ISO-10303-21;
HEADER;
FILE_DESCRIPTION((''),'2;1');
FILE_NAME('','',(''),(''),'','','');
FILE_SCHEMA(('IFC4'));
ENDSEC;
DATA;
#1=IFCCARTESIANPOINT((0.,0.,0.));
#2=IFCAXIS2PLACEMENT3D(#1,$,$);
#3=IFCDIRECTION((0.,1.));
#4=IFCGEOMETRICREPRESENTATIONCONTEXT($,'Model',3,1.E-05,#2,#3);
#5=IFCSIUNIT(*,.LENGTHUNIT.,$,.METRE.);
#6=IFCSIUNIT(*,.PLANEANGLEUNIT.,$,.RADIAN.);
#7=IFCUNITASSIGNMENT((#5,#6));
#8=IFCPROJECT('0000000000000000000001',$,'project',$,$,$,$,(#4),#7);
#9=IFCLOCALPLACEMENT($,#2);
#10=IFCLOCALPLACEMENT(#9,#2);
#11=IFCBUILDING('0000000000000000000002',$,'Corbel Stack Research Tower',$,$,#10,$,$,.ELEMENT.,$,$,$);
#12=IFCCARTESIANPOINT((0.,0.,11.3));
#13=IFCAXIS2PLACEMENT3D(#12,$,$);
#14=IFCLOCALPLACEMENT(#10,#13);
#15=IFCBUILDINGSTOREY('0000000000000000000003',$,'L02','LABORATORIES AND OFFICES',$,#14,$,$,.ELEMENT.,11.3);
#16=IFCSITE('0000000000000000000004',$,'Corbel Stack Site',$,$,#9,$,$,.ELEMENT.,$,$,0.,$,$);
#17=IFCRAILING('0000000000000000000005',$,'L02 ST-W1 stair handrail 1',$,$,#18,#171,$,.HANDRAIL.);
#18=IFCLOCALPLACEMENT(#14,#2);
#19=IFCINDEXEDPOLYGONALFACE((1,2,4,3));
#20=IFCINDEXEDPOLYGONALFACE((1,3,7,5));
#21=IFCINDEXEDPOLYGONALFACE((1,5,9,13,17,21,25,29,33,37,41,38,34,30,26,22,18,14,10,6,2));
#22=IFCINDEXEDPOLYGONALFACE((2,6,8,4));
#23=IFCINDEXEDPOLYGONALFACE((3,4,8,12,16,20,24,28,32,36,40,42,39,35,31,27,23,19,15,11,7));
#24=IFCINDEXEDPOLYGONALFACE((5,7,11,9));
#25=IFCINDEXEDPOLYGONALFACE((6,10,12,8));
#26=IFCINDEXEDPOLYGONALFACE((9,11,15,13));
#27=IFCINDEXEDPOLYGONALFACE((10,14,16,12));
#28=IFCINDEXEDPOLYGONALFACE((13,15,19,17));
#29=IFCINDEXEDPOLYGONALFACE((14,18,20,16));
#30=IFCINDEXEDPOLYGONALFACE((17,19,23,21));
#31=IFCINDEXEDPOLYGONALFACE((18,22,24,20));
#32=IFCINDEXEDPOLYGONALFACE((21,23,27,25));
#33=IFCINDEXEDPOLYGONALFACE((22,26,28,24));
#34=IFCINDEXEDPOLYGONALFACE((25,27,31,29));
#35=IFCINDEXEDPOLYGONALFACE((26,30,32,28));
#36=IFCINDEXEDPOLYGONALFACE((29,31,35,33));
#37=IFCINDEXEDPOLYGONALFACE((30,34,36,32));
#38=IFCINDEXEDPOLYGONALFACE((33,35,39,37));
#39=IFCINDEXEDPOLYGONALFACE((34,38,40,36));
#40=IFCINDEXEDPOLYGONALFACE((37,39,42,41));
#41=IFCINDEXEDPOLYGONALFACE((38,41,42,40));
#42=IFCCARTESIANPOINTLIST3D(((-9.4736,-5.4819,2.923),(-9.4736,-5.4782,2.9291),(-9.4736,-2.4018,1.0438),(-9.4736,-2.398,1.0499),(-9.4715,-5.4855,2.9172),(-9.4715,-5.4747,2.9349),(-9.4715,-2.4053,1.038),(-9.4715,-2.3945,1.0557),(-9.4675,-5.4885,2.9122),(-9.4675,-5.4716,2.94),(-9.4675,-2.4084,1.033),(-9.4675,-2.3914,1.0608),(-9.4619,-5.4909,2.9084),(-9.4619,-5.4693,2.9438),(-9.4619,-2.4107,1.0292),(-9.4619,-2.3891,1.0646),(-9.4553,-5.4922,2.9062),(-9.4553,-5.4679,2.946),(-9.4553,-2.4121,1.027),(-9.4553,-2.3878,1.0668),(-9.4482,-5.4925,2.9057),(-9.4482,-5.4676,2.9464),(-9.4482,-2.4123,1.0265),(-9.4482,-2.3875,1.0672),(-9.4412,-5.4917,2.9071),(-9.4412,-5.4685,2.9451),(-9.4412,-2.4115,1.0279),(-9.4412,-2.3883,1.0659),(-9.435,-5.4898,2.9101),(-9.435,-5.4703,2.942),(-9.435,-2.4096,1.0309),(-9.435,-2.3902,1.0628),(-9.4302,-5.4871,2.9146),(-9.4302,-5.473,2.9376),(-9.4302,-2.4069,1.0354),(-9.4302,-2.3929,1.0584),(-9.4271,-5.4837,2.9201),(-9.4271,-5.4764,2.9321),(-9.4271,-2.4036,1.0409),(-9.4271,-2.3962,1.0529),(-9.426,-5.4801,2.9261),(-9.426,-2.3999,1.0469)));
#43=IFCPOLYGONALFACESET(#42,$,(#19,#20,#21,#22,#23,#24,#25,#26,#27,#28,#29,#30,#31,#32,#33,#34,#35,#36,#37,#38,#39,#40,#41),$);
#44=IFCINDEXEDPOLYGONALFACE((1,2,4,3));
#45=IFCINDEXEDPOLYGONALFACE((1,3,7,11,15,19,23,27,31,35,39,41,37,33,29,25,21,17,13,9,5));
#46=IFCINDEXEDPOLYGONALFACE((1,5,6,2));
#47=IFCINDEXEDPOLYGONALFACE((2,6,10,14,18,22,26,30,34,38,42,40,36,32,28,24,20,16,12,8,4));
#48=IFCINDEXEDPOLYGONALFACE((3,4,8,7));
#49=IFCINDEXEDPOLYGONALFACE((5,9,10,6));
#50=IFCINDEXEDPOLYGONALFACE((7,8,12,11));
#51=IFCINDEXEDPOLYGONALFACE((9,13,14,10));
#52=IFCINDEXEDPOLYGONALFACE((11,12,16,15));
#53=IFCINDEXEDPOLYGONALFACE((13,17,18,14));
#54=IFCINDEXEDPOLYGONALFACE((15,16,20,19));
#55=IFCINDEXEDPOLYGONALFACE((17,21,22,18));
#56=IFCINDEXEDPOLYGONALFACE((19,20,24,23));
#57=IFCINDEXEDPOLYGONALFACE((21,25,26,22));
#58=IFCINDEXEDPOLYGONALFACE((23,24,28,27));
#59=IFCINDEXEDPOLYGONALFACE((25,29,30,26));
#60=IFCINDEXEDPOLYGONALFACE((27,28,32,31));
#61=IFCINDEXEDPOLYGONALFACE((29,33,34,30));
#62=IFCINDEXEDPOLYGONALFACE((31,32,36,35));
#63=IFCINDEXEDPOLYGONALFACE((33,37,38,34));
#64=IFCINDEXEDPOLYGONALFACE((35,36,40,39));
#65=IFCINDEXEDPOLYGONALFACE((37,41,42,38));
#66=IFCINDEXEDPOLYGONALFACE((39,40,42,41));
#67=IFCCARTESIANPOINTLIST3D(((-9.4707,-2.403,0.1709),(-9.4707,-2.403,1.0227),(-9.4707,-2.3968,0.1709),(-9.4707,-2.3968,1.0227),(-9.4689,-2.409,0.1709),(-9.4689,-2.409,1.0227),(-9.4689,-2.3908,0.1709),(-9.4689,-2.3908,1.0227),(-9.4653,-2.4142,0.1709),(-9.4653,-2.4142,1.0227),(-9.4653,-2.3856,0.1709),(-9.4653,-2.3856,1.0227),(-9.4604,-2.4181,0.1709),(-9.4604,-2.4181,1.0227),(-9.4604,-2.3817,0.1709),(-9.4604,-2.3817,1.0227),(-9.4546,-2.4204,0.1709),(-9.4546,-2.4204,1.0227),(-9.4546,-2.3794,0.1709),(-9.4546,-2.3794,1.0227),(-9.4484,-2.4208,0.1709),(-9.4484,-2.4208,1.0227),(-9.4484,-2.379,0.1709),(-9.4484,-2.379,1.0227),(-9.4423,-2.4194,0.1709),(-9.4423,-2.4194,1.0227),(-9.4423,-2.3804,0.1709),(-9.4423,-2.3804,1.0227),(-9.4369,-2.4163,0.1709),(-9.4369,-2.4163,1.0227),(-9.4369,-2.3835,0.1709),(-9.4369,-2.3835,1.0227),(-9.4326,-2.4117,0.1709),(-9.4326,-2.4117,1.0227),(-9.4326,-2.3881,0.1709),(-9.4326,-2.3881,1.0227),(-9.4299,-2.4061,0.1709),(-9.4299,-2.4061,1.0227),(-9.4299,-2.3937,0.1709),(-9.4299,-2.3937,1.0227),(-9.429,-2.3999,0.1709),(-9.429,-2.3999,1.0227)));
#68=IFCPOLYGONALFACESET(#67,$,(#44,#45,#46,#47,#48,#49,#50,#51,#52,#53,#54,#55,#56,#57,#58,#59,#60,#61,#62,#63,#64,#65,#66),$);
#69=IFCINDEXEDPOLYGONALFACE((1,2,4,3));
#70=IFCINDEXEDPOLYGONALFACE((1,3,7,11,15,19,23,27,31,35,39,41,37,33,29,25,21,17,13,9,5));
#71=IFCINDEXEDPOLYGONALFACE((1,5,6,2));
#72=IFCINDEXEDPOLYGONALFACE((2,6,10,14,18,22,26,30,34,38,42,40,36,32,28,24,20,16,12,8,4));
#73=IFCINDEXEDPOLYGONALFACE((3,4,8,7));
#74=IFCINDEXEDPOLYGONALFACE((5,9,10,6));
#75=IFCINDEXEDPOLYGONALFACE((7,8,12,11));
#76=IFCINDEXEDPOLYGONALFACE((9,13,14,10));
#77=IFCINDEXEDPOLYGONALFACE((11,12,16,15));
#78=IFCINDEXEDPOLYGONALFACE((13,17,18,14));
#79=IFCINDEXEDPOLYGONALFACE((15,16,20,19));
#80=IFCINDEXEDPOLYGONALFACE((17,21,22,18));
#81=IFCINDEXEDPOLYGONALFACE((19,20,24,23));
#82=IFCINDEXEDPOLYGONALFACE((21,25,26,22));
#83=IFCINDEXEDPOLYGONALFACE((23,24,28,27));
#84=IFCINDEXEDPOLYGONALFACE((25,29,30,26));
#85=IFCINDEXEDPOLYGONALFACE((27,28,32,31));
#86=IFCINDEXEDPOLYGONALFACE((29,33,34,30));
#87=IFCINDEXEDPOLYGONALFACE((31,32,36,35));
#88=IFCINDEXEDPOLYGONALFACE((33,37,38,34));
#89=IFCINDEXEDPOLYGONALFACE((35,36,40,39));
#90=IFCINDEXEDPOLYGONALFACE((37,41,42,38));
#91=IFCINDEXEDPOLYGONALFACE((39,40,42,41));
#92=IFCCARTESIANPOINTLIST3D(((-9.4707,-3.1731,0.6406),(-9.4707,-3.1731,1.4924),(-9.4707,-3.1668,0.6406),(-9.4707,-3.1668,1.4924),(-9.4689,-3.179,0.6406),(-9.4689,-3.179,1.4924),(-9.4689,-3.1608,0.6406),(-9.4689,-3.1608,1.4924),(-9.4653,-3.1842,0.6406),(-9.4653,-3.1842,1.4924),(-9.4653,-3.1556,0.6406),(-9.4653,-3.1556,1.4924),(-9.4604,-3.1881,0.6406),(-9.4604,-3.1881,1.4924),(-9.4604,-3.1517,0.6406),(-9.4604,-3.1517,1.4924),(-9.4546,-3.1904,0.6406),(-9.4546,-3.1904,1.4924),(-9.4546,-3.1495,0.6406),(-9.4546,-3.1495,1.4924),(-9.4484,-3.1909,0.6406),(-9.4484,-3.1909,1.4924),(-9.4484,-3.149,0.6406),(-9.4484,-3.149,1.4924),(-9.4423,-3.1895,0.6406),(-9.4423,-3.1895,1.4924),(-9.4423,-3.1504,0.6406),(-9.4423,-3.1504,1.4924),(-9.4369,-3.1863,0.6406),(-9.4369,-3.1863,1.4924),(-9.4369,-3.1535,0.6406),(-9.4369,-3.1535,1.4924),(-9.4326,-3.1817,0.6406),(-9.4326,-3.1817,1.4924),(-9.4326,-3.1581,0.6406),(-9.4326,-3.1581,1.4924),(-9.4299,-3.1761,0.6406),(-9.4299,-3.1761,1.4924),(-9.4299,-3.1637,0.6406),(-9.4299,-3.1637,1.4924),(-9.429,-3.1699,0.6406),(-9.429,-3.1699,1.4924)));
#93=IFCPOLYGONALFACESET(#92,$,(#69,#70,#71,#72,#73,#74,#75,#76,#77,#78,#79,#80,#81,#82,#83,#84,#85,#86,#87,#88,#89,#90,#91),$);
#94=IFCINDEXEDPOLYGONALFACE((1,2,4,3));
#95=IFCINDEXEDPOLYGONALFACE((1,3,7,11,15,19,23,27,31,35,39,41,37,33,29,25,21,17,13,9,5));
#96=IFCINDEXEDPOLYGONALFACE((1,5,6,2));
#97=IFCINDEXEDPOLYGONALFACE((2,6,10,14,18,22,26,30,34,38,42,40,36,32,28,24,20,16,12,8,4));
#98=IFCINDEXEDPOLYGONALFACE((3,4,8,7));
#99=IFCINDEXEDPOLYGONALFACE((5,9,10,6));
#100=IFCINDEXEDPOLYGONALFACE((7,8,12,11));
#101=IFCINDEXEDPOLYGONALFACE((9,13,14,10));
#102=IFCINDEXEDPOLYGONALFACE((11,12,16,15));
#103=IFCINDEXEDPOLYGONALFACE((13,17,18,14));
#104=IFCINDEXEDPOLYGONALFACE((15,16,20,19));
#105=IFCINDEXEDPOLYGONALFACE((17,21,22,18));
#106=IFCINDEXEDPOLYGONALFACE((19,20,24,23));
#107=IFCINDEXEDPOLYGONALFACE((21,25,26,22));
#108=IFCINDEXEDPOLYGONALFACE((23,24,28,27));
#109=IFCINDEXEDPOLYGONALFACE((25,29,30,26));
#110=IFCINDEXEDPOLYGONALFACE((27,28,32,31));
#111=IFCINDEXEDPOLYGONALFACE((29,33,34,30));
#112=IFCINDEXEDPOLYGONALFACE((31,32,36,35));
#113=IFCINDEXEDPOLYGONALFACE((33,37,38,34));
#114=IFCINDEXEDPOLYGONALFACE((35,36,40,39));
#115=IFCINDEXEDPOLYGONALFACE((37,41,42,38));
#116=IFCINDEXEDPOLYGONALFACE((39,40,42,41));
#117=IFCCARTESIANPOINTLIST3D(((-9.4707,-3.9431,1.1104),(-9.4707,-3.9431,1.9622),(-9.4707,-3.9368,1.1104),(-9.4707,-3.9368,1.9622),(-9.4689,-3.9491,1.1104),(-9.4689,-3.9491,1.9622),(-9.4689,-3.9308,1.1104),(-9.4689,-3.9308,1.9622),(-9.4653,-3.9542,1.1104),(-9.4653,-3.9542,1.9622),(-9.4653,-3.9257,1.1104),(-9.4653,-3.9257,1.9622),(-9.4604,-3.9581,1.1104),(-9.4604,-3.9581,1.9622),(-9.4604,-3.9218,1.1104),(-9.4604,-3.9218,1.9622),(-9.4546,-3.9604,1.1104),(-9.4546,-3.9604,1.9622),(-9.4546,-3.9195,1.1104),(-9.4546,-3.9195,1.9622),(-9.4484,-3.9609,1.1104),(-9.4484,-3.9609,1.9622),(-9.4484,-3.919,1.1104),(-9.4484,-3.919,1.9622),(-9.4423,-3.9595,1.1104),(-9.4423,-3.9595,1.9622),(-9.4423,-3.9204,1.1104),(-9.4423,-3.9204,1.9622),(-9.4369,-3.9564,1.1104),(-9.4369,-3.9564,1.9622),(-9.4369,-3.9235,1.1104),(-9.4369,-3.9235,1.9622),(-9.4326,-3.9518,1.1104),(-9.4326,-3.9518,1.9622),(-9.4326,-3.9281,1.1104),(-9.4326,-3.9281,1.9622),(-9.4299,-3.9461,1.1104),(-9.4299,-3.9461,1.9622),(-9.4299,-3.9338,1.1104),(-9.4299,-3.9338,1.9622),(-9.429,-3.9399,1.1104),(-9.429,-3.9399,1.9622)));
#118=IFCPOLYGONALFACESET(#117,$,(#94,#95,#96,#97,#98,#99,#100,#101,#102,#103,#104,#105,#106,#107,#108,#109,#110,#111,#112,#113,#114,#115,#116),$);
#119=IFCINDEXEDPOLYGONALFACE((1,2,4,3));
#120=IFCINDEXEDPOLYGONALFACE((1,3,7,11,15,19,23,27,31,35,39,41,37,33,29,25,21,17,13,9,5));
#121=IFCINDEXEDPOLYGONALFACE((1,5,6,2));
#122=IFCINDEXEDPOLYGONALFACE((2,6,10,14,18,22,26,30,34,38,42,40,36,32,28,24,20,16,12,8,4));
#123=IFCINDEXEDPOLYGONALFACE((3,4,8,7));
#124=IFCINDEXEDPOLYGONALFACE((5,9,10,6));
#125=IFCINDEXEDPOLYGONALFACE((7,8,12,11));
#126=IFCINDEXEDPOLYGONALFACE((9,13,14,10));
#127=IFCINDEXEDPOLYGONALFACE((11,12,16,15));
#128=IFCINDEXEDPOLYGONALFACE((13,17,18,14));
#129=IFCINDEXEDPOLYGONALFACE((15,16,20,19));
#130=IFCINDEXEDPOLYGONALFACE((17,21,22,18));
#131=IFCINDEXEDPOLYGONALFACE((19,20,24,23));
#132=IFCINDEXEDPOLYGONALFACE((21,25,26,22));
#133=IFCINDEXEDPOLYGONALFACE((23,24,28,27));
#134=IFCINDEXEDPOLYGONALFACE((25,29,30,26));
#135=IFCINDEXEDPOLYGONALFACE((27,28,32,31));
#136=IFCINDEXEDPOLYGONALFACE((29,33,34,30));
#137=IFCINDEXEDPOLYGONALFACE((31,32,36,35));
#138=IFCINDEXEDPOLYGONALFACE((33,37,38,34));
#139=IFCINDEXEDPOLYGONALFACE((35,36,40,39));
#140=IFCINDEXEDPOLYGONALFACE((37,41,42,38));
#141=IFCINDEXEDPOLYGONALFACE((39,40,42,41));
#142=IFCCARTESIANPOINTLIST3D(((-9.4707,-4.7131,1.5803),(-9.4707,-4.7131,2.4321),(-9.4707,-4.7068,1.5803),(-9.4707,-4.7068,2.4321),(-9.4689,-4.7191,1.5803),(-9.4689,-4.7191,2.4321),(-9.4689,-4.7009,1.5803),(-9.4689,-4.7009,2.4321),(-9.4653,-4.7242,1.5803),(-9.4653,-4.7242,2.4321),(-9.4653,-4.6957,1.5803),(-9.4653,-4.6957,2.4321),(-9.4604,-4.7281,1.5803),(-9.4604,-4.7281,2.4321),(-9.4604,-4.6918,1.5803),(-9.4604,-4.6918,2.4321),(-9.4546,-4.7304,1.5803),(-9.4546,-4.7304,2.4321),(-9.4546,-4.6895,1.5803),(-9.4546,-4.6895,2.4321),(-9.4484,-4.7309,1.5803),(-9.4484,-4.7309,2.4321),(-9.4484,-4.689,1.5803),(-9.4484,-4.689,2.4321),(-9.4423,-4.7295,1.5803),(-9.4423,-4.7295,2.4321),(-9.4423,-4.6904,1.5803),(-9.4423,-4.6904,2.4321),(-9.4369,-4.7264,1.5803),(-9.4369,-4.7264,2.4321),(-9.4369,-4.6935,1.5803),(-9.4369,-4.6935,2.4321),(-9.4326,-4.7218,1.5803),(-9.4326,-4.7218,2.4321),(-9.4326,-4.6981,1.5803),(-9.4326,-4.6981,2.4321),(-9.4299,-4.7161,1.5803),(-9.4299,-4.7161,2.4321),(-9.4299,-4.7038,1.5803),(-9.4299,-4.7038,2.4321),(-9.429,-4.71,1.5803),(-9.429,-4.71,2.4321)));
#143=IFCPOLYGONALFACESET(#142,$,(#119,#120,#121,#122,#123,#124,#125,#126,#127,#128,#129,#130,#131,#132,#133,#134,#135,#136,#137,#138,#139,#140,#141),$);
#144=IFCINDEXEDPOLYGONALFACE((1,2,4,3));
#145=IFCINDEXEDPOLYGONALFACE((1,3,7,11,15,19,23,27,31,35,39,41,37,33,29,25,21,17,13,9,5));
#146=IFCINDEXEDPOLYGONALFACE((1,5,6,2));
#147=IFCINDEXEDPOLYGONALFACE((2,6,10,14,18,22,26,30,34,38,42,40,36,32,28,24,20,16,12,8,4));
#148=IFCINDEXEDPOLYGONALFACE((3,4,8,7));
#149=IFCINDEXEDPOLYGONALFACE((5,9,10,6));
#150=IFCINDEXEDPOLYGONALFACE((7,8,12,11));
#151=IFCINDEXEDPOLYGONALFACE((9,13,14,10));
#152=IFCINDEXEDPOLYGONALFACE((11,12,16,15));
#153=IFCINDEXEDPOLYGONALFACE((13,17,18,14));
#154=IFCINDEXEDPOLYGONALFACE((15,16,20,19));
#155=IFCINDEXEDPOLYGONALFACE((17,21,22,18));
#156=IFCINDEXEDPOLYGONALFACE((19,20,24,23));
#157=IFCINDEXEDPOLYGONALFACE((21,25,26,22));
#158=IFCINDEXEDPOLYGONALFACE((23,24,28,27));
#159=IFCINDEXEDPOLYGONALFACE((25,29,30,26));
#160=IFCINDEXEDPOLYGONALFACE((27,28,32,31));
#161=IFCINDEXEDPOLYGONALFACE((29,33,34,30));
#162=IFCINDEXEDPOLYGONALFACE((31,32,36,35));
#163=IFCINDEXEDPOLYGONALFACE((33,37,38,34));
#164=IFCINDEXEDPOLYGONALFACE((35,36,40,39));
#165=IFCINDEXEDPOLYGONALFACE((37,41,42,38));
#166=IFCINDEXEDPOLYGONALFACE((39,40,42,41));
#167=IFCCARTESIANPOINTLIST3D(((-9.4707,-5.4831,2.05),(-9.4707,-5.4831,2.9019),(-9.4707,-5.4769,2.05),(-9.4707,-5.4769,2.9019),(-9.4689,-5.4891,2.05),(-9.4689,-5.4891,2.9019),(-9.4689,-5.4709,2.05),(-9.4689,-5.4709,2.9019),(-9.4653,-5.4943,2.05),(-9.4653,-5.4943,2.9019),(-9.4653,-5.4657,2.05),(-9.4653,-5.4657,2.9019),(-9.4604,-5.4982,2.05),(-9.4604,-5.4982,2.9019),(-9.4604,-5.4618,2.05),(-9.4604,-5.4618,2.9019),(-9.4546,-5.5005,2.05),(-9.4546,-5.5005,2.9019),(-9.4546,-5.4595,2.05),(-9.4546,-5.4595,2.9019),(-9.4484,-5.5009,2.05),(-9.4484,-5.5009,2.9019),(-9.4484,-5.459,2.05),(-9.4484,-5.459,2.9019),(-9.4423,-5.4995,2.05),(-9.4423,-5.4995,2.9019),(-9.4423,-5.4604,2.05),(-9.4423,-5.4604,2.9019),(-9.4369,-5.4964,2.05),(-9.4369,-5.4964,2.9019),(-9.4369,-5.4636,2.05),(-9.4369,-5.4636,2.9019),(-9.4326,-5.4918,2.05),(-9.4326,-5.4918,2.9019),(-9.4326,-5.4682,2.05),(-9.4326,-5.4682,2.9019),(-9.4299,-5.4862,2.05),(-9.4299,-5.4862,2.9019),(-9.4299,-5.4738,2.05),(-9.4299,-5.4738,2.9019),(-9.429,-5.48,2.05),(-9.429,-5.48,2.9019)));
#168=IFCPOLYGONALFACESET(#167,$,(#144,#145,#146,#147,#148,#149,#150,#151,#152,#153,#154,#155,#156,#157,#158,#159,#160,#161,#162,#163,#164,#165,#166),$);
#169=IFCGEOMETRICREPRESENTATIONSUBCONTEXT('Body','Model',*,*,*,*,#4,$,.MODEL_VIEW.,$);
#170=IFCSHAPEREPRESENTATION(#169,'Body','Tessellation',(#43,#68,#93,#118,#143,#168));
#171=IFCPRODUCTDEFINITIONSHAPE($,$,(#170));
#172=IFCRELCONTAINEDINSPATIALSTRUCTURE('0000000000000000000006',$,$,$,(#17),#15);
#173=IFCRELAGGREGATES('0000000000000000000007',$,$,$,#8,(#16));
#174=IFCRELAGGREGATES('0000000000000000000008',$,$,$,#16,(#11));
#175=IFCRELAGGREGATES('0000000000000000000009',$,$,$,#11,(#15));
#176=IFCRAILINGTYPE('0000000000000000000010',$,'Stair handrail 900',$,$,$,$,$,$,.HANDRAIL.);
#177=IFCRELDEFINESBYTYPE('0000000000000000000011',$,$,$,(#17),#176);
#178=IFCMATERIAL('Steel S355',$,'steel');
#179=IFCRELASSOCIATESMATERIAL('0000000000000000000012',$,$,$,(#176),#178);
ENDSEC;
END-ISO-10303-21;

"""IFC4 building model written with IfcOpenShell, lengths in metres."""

from ifc_helpers import new_model, si_unit, direction, frame, origin, origin_2d, place, context, subcontext, project, spatial, circle, extrude, material, type_object, element, save


model = new_model("IFC4")

# Units and contexts
model_context = context("Model", 3, precision=1e-05, world=origin(), true_north=direction((0.0, 1.0)))
body_context = subcontext(model_context, "Body", "Model", "MODEL_VIEW")
ifc_project = project(units=[si_unit("LENGTHUNIT", "METRE"), si_unit("PLANEANGLEUNIT", "RADIAN")], contexts=[model_context])

# Site, building, storey
site_placement = place(None, origin())
site = spatial("IfcSite", under=ifc_project, at=site_placement, Name="Corbel Stack Site", CompositionType="ELEMENT", RefElevation=0.0)
building_placement = place(site_placement, origin())
building = spatial("IfcBuilding", under=site, at=building_placement, Name="Corbel Stack Research Tower", CompositionType="ELEMENT")
storey_placement = place(building_placement, frame((0.0, 0.0, 11.3)))
storey = spatial("IfcBuildingStorey", under=building, at=storey_placement, Name="L02", Description="LABORATORIES AND OFFICES", CompositionType="ELEMENT", Elevation=11.3)

# Railing
ifc_material_1 = material(Name="Steel S355", Category="steel")
railing_type = type_object("IfcRailingType", Name="Stair handrail 900", PredefinedType="HANDRAIL", material=ifc_material_1)
railing_placement = place(storey_placement, frame((-9.45, -2.3999, 0.1709)))
element("IfcRailing", 1, at=railing_placement, inside=storey, type_object=railing_type, Name="L02 ST-W1 stair handrail 1", PredefinedType="HANDRAIL", context=body_context, shape_type="SweptSolid", body=[
    extrude(circle(Radius=0.0239, at=origin_2d()), frame((0.0, 0.0, 0.876), z_axis=(0.0, -0.853666, 0.52082), x_axis=(1.0, 0.0, 0.0)), (0.0, 0.0, 1.0), 3.6082),
    extrude(circle(Radius=0.021, at=origin_2d()), origin(), (0.0, 0.0, 1.0), 0.8518),
    extrude(circle(Radius=0.021, at=origin_2d()), frame((0.0, -0.77, 0.4697)), (0.0, 0.0, 1.0), 0.8518),
    extrude(circle(Radius=0.021, at=origin_2d()), frame((0.0, -1.54, 0.9395)), (0.0, 0.0, 1.0), 0.8518),
    extrude(circle(Radius=0.021, at=origin_2d()), frame((0.0, -2.3101, 1.4094)), (0.0, 0.0, 1.0), 0.8518),
    extrude(circle(Radius=0.021, at=origin_2d()), frame((0.0, -3.0801, 1.8792)), (0.0, 0.0, 1.0), 0.8518),
])

save(model, "model.ifc")
